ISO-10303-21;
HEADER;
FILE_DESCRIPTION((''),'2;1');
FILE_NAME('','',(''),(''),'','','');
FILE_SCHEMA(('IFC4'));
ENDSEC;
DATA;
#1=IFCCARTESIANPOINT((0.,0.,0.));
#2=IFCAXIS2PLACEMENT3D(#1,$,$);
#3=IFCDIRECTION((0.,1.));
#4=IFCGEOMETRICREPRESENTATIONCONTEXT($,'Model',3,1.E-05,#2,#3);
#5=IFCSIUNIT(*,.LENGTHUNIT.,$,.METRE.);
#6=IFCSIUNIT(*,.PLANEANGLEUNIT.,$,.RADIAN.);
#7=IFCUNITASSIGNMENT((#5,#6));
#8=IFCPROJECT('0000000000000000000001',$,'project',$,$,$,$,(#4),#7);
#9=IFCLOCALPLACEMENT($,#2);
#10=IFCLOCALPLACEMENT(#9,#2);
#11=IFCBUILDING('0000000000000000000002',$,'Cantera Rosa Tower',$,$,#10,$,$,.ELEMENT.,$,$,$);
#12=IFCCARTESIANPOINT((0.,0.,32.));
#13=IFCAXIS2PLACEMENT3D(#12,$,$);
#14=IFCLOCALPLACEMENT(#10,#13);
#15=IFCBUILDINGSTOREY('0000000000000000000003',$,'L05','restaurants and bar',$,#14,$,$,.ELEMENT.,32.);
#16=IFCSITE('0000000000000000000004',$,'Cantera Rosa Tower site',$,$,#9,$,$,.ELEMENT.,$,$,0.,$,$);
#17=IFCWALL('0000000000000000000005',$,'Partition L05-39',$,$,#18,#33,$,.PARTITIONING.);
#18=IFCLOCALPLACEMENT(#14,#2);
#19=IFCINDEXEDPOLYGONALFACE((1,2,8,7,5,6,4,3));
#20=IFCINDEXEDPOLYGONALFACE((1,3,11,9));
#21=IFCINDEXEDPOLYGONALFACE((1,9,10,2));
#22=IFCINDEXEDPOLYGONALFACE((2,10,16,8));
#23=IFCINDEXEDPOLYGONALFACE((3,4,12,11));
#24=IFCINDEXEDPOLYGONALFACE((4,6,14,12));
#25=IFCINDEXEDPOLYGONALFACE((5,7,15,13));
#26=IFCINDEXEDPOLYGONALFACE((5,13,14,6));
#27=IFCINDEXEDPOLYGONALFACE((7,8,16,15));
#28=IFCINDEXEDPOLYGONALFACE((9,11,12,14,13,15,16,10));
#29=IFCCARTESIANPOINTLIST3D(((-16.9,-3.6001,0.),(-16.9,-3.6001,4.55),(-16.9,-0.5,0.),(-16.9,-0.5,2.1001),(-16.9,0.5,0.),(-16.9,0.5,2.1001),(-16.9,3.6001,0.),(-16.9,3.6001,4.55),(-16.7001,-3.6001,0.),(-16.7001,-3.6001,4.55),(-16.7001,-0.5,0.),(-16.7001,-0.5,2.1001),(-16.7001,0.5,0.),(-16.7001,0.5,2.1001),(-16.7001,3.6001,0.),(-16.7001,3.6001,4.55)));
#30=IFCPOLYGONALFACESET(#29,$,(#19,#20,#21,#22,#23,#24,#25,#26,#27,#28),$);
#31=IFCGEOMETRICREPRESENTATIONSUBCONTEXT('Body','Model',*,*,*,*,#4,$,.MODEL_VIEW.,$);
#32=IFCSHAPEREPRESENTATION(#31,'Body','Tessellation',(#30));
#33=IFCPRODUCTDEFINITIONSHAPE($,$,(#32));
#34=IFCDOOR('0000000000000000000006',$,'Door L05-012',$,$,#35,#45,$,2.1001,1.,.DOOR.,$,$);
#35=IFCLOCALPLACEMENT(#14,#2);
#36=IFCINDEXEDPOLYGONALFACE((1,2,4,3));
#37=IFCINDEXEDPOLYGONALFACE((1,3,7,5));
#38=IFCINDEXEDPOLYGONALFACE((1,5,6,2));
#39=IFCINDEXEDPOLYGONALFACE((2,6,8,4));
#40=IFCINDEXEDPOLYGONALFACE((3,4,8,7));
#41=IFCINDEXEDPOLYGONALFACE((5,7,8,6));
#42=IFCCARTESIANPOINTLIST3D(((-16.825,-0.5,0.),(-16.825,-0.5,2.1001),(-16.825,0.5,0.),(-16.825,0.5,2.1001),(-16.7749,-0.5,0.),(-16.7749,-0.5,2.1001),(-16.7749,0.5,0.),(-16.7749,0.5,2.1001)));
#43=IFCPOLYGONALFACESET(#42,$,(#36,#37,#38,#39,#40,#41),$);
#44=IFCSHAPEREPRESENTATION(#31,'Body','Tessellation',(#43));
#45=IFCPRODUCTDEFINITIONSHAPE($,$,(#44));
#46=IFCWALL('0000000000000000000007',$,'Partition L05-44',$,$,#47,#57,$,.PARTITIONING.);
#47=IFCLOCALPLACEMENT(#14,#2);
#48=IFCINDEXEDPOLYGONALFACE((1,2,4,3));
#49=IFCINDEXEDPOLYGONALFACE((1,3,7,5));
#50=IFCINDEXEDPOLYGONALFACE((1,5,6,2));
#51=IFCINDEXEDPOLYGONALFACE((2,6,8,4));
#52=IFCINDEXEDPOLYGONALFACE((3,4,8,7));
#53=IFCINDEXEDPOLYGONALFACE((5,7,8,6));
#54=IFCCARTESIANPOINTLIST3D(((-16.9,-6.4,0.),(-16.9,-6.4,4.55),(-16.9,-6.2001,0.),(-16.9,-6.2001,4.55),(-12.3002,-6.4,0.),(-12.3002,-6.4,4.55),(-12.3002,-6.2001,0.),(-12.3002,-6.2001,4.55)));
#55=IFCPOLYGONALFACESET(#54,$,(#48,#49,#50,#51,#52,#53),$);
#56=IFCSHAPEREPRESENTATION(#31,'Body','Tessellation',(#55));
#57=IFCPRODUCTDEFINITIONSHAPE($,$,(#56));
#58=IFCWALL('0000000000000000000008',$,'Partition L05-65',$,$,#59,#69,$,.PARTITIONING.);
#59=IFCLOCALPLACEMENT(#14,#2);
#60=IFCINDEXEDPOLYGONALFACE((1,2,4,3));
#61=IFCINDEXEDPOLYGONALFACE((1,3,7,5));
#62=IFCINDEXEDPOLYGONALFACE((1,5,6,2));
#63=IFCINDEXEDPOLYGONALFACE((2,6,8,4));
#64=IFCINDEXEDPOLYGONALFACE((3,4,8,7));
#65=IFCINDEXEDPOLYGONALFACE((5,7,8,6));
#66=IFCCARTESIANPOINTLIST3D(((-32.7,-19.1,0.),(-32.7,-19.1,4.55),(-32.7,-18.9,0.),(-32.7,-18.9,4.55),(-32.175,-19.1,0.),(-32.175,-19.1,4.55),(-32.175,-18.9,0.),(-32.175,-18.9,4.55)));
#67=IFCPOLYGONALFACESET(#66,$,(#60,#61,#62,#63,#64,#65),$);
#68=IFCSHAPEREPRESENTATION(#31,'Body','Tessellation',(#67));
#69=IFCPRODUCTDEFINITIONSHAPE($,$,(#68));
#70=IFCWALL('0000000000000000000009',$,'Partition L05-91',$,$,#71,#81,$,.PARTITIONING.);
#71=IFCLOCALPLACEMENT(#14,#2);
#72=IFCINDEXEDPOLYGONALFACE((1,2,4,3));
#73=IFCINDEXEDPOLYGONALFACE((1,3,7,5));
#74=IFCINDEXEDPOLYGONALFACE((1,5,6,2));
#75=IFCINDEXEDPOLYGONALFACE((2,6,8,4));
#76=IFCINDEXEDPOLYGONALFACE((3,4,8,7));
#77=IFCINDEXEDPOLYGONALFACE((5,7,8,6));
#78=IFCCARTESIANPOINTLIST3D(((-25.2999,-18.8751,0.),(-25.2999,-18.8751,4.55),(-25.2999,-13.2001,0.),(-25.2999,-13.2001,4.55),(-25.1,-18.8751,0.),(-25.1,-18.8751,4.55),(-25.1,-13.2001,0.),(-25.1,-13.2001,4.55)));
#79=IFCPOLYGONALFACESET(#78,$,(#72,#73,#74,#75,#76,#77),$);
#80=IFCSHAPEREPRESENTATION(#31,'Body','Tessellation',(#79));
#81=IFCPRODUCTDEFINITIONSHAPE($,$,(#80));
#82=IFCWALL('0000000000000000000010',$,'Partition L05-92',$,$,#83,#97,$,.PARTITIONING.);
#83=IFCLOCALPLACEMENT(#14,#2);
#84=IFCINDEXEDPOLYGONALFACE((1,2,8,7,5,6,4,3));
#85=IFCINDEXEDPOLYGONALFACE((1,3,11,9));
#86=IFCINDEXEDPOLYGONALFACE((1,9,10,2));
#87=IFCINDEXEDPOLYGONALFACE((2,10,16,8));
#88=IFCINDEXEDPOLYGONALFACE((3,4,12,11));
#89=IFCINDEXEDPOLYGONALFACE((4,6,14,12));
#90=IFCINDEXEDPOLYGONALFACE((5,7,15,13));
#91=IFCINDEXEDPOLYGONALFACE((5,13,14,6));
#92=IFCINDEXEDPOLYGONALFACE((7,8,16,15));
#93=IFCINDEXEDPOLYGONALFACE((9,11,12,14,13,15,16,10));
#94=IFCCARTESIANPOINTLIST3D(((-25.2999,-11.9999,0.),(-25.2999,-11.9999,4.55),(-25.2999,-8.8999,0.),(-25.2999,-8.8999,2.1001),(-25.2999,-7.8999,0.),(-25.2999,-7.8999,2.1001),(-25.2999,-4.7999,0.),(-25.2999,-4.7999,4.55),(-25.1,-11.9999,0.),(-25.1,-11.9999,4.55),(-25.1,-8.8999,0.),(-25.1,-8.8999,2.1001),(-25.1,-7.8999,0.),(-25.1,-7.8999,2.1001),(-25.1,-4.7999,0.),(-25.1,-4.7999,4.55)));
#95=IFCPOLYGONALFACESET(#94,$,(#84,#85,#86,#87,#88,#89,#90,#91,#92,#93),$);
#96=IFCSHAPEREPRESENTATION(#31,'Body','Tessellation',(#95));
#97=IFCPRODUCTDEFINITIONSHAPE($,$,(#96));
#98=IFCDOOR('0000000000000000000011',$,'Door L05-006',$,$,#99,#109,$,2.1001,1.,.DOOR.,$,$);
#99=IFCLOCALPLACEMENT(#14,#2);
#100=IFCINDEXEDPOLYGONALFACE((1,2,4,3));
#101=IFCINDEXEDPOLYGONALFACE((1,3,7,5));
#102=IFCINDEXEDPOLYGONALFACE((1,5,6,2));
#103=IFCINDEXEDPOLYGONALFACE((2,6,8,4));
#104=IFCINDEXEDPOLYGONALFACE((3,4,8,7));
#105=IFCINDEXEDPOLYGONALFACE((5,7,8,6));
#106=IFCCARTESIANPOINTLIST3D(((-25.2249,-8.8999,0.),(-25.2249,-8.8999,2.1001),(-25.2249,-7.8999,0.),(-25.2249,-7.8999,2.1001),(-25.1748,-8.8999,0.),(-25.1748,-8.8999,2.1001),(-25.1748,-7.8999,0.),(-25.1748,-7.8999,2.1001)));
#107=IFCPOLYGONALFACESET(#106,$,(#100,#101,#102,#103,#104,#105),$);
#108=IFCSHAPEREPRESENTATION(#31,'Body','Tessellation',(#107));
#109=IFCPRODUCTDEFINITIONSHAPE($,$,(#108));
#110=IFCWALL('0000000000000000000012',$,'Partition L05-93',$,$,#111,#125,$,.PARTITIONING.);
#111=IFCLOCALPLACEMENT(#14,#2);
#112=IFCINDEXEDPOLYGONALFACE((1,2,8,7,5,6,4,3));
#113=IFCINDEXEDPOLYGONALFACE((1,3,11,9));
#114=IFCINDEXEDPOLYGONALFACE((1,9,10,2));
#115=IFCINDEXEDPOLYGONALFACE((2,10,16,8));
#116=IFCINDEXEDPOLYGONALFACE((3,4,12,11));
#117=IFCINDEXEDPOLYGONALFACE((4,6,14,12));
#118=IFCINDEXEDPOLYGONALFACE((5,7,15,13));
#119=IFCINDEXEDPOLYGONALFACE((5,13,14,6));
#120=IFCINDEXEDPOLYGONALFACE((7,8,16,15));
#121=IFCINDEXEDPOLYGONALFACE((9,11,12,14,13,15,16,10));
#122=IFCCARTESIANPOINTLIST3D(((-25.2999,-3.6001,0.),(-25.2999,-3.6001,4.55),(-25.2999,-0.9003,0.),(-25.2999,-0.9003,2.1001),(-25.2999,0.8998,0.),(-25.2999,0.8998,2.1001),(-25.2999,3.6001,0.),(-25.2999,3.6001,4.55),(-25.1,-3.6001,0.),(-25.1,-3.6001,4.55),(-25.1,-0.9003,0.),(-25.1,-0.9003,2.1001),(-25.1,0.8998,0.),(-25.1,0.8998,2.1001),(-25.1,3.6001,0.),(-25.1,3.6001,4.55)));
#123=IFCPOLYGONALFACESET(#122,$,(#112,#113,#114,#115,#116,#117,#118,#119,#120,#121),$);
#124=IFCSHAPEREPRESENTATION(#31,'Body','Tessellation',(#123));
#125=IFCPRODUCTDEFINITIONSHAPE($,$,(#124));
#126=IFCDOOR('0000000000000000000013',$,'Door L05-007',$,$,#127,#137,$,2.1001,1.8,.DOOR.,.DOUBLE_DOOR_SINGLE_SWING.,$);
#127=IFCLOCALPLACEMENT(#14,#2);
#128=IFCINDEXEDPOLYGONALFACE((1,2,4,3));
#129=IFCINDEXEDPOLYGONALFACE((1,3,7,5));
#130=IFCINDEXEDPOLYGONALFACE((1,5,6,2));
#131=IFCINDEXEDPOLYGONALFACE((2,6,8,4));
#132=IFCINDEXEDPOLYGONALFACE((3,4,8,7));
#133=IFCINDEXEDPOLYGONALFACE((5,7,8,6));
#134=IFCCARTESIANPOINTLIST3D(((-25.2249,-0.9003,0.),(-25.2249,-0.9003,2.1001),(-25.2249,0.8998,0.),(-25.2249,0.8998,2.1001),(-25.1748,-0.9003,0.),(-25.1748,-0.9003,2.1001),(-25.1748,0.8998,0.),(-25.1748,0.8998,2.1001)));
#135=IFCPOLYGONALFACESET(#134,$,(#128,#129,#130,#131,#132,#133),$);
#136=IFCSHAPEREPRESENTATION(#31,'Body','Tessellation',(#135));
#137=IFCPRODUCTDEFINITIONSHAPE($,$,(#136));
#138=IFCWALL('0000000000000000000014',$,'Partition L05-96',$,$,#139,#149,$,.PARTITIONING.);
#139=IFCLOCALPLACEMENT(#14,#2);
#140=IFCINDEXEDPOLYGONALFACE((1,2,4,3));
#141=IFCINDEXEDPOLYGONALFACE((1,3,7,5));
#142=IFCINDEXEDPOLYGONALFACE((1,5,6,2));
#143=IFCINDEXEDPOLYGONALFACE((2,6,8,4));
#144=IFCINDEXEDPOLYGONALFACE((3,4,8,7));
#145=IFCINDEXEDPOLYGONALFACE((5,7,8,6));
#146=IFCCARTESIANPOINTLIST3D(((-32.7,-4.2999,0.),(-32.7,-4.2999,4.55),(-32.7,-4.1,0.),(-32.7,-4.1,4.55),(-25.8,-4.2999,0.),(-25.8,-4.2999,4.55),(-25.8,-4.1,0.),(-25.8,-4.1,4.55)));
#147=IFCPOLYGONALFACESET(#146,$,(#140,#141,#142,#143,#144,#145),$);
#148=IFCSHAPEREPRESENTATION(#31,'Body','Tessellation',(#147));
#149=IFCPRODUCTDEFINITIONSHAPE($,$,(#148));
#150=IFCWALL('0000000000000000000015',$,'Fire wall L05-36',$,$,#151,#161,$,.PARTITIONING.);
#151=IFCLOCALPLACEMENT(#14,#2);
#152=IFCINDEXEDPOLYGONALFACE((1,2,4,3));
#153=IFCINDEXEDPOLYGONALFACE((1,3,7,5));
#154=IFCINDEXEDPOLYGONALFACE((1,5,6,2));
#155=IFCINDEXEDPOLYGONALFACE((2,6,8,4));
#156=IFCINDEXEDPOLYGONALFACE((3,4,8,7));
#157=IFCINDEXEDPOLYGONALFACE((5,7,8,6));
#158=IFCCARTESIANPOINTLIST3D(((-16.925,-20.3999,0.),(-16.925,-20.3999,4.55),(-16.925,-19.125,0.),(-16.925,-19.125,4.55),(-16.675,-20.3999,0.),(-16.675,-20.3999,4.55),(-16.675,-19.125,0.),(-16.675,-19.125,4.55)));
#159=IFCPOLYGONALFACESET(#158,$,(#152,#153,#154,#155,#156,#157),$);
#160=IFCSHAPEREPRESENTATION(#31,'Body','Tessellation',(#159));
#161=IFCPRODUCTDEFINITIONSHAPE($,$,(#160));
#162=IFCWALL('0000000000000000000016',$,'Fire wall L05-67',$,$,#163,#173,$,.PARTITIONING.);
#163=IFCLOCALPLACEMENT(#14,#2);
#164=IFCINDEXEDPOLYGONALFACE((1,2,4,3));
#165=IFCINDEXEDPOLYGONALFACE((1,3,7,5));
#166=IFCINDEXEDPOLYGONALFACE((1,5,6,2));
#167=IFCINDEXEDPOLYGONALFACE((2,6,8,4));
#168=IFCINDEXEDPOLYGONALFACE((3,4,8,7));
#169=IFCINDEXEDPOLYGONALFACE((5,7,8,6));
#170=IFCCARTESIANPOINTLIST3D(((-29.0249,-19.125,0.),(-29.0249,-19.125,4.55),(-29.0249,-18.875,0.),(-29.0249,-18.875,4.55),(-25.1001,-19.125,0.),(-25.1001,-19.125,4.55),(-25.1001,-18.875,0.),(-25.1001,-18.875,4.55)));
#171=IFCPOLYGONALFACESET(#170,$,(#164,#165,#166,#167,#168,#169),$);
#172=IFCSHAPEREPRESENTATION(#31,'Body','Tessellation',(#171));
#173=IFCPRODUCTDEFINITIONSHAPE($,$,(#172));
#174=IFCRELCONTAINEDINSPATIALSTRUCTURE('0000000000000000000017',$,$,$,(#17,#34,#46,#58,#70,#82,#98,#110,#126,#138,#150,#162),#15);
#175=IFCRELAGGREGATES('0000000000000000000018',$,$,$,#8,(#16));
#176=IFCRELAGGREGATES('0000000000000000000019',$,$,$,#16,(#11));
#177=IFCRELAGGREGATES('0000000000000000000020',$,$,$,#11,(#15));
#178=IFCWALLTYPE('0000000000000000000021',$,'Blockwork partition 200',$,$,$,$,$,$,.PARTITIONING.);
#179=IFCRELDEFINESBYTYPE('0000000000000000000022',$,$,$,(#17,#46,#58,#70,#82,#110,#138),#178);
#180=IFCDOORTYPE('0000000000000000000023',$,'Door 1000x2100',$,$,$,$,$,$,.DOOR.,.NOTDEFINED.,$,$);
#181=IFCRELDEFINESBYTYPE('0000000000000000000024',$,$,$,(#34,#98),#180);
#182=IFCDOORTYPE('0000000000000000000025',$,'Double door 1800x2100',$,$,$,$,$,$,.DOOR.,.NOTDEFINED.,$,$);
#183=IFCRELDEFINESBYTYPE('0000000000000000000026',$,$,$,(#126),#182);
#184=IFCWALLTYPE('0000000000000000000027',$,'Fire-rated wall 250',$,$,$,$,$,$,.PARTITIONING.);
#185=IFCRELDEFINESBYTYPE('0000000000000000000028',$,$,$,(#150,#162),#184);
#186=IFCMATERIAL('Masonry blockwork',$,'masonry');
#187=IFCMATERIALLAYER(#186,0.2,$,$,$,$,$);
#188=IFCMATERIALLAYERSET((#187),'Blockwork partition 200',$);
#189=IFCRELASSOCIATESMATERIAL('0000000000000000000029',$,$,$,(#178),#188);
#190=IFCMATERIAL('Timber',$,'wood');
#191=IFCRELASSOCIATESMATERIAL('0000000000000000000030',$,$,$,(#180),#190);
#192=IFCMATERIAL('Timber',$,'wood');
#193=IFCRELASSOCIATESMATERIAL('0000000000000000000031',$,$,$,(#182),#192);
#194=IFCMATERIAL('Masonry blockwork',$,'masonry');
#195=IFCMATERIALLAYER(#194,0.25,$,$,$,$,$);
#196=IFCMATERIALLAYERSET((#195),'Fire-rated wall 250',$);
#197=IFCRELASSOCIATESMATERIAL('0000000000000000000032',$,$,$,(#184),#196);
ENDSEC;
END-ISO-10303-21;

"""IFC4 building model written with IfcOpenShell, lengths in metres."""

from ifc_helpers import new_model, si_unit, direction, frame, frame_2d, origin, place, context, subcontext, project, spatial, rectangle, extrude, material, layer, layer_set, type_object, element, fill, save


model = new_model("IFC4")

# Units and contexts
model_context = context("Model", 3, precision=1e-05, world=origin(), true_north=direction((0.0, 1.0)))
body_context = subcontext(model_context, "Body", "Model", "MODEL_VIEW")
ifc_project = project(units=[si_unit("LENGTHUNIT", "METRE"), si_unit("PLANEANGLEUNIT", "RADIAN")], contexts=[model_context])

# Site, building, storey
site_placement = place(None, origin())
site = spatial("IfcSite", under=ifc_project, at=site_placement, Name="Cantera Rosa Tower site", CompositionType="ELEMENT", RefElevation=0.0)
building_placement = place(site_placement, origin())
building = spatial("IfcBuilding", under=site, at=building_placement, Name="Cantera Rosa Tower", CompositionType="ELEMENT")
storey_placement = place(building_placement, frame((0.0, 0.0, 32.0)))
storey = spatial("IfcBuildingStorey", under=building, at=storey_placement, Name="L05", Description="restaurants and bar", CompositionType="ELEMENT", Elevation=32.0)

# Shared definitions
ifc_material_1 = material(Name="Masonry blockwork", Category="masonry")
ifc_layer_1 = layer(ifc_material_1, 0.2)
ifc_layer_set_1 = layer_set([ifc_layer_1], Name="Blockwork partition 200")
wall_type_1 = type_object("IfcWallType", Name="Blockwork partition 200", PredefinedType="PARTITIONING", material=ifc_layer_set_1)

# Shared definitions
ifc_material_2 = material(Name="Timber", Category="wood")
door_type_1 = type_object("IfcDoorType", Name="Door 1000x2100", OperationType="NOTDEFINED", PredefinedType="DOOR", material=ifc_material_2)

# Wall, opening, door
wall_1_placement = place(storey_placement, frame((-16.8, -3.6001, 0.0), z_axis=(0.0, 0.0, 1.0), x_axis=(0.0, 1.0, 0.0)))
wall_1 = element("IfcWall", 1, at=wall_1_placement, inside=storey, type_object=wall_type_1, Name="Partition L05-39", PredefinedType="PARTITIONING", context=body_context, shape_type="SweptSolid", body=[
    extrude(rectangle(XDim=7.2002, YDim=0.2, at=frame_2d((3.6001, 0.0))), origin(), (0.0, 0.0, 1.0), 4.55),
])
opening_1_placement = place(wall_1_placement, frame((3.1001, 0.0, 0.0)))
opening_1 = element("IfcOpeningElement", 2, at=opening_1_placement, cuts=wall_1, PredefinedType="OPENING", context=body_context, shape_type="SweptSolid", body=[
    extrude(rectangle(XDim=1.0, YDim=2.1001, at=frame_2d((0.5, 1.05))), frame((0.0, 0.1099, 0.0), z_axis=(0.0, -1.0, 0.0), x_axis=(1.0, 0.0, 0.0)), (0.0, 0.0, 1.0), 0.22),
])
door_1_placement = place(opening_1_placement, origin())
door_1 = element("IfcDoor", 3, at=door_1_placement, inside=storey, type_object=door_type_1, Name="Door L05-012", OverallHeight=2.1001, OverallWidth=1.0, PredefinedType="DOOR", context=body_context, shape_type="SweptSolid", body=[
    extrude(rectangle(XDim=1.0, YDim=2.1001, at=frame_2d((0.5, 1.05))), frame((0.0, 0.0249, 0.0), z_axis=(0.0, -1.0, 0.0), x_axis=(1.0, 0.0, 0.0)), (0.0, 0.0, 1.0), 0.05),
])
fill(opening_1, door_1)

# Walls
wall_2_placement = place(storey_placement, frame((-16.8999, -6.3, 0.0), z_axis=(0.0, 0.0, 1.0), x_axis=(1.0, 0.0, 0.0)))
element("IfcWall", 4, at=wall_2_placement, inside=storey, type_object=wall_type_1, Name="Partition L05-44", PredefinedType="PARTITIONING", context=body_context, shape_type="SweptSolid", body=[
    extrude(rectangle(XDim=4.5999, YDim=0.2, at=frame_2d((2.2998, 0.0))), origin(), (0.0, 0.0, 1.0), 4.55),
])
wall_3_placement = place(storey_placement, frame((-32.7, -19.0, 0.0), z_axis=(0.0, 0.0, 1.0), x_axis=(1.0, 0.0, 0.0)))
element("IfcWall", 5, at=wall_3_placement, inside=storey, type_object=wall_type_1, Name="Partition L05-65", PredefinedType="PARTITIONING", context=body_context, shape_type="SweptSolid", body=[
    extrude(rectangle(XDim=0.5249, YDim=0.2, at=frame_2d((0.2625, 0.0))), origin(), (0.0, 0.0, 1.0), 4.55),
])
wall_4_placement = place(storey_placement, frame((-25.2, -18.875, 0.0), z_axis=(0.0, 0.0, 1.0), x_axis=(0.0, 1.0, 0.0)))
element("IfcWall", 6, at=wall_4_placement, inside=storey, type_object=wall_type_1, Name="Partition L05-91", PredefinedType="PARTITIONING", context=body_context, shape_type="SweptSolid", body=[
    extrude(rectangle(XDim=5.675, YDim=0.2, at=frame_2d((2.8374, 0.0))), origin(), (0.0, 0.0, 1.0), 4.55),
])

# Walls, openings, doors
wall_5_placement = place(storey_placement, frame((-25.2, -12.0, 0.0), z_axis=(0.0, 0.0, 1.0), x_axis=(0.0, 1.0, 0.0)))
wall_5 = element("IfcWall", 7, at=wall_5_placement, inside=storey, type_object=wall_type_1, Name="Partition L05-92", PredefinedType="PARTITIONING", context=body_context, shape_type="SweptSolid", body=[
    extrude(rectangle(XDim=7.2, YDim=0.2, at=frame_2d((3.6001, 0.0))), origin(), (0.0, 0.0, 1.0), 4.55),
])
opening_2_placement = place(wall_5_placement, frame((3.1001, 0.0, 0.0)))
opening_2 = element("IfcOpeningElement", 8, at=opening_2_placement, cuts=wall_5, PredefinedType="OPENING", context=body_context, shape_type="SweptSolid", body=[
    extrude(rectangle(XDim=1.0, YDim=2.1001, at=frame_2d((0.5, 1.05))), frame((0.0, 0.1099, 0.0), z_axis=(0.0, -1.0, 0.0), x_axis=(1.0, 0.0, 0.0)), (0.0, 0.0, 1.0), 0.22),
])
door_2_placement = place(opening_2_placement, origin())
door_2 = element("IfcDoor", 9, at=door_2_placement, inside=storey, type_object=door_type_1, Name="Door L05-006", OverallHeight=2.1001, OverallWidth=1.0, PredefinedType="DOOR", context=body_context, shape_type="SweptSolid", body=[
    extrude(rectangle(XDim=1.0, YDim=2.1001, at=frame_2d((0.5, 1.05))), frame((0.0, 0.0249, 0.0), z_axis=(0.0, -1.0, 0.0), x_axis=(1.0, 0.0, 0.0)), (0.0, 0.0, 1.0), 0.05),
])
fill(opening_2, door_2)
wall_6_placement = place(storey_placement, frame((-25.2, -3.6001, 0.0), z_axis=(0.0, 0.0, 1.0), x_axis=(0.0, 1.0, 0.0)))
wall_6 = element("IfcWall", 10, at=wall_6_placement, inside=storey, type_object=wall_type_1, Name="Partition L05-93", PredefinedType="PARTITIONING", context=body_context, shape_type="SweptSolid", body=[
    extrude(rectangle(XDim=7.2002, YDim=0.2, at=frame_2d((3.6001, 0.0))), origin(), (0.0, 0.0, 1.0), 4.55),
])
opening_3_placement = place(wall_6_placement, frame((2.7, 0.0, 0.0)))
opening_3 = element("IfcOpeningElement", 11, at=opening_3_placement, cuts=wall_6, PredefinedType="OPENING", context=body_context, shape_type="SweptSolid", body=[
    extrude(rectangle(XDim=1.8, YDim=2.1001, at=frame_2d((0.8999, 1.05))), frame((0.0, 0.1099, 0.0), z_axis=(0.0, -1.0, 0.0), x_axis=(1.0, 0.0, 0.0)), (0.0, 0.0, 1.0), 0.22),
])
ifc_material_3 = material(Name="Timber", Category="wood")
door_type_2 = type_object("IfcDoorType", Name="Double door 1800x2100", OperationType="NOTDEFINED", PredefinedType="DOOR", material=ifc_material_3)
door_3_placement = place(opening_3_placement, origin())
door_3 = element("IfcDoor", 12, at=door_3_placement, inside=storey, type_object=door_type_2, Name="Door L05-007", OperationType="DOUBLE_DOOR_SINGLE_SWING", OverallHeight=2.1001, OverallWidth=1.8, PredefinedType="DOOR", context=body_context, shape_type="SweptSolid", body=[
    extrude(rectangle(XDim=1.8, YDim=2.1001, at=frame_2d((0.8999, 1.05))), frame((0.0, 0.0249, 0.0), z_axis=(0.0, -1.0, 0.0), x_axis=(1.0, 0.0, 0.0)), (0.0, 0.0, 1.0), 0.05),
])
fill(opening_3, door_3)

# Walls
wall_7_placement = place(storey_placement, frame((-32.7, -4.2, 0.0), z_axis=(0.0, 0.0, 1.0), x_axis=(1.0, 0.0, 0.0)))
element("IfcWall", 13, at=wall_7_placement, inside=storey, type_object=wall_type_1, Name="Partition L05-96", PredefinedType="PARTITIONING", context=body_context, shape_type="SweptSolid", body=[
    extrude(rectangle(XDim=6.8999, YDim=0.2, at=frame_2d((3.45, 0.0))), origin(), (0.0, 0.0, 1.0), 4.55),
])
ifc_material_4 = material(Name="Masonry blockwork", Category="masonry")
ifc_layer_2 = layer(ifc_material_4, 0.25)
ifc_layer_set_2 = layer_set([ifc_layer_2], Name="Fire-rated wall 250")
wall_type_2 = type_object("IfcWallType", Name="Fire-rated wall 250", PredefinedType="PARTITIONING", material=ifc_layer_set_2)
wall_8_placement = place(storey_placement, frame((-16.8, -20.3999, 0.0), z_axis=(0.0, 0.0, 1.0), x_axis=(0.0, 1.0, 0.0)))
element("IfcWall", 14, at=wall_8_placement, inside=storey, type_object=wall_type_2, Name="Fire wall L05-36", PredefinedType="PARTITIONING", context=body_context, shape_type="SweptSolid", body=[
    extrude(rectangle(XDim=1.2749, YDim=0.25, at=frame_2d((0.6375, 0.0))), origin(), (0.0, 0.0, 1.0), 4.55),
])
wall_9_placement = place(storey_placement, frame((-29.0249, -19.0, 0.0), z_axis=(0.0, 0.0, 1.0), x_axis=(1.0, 0.0, 0.0)))
element("IfcWall", 15, at=wall_9_placement, inside=storey, type_object=wall_type_2, Name="Fire wall L05-67", PredefinedType="PARTITIONING", context=body_context, shape_type="SweptSolid", body=[
    extrude(rectangle(XDim=3.9248, YDim=0.25, at=frame_2d((1.9624, 0.0))), origin(), (0.0, 0.0, 1.0), 4.55),
])

save(model, "model.ifc")
